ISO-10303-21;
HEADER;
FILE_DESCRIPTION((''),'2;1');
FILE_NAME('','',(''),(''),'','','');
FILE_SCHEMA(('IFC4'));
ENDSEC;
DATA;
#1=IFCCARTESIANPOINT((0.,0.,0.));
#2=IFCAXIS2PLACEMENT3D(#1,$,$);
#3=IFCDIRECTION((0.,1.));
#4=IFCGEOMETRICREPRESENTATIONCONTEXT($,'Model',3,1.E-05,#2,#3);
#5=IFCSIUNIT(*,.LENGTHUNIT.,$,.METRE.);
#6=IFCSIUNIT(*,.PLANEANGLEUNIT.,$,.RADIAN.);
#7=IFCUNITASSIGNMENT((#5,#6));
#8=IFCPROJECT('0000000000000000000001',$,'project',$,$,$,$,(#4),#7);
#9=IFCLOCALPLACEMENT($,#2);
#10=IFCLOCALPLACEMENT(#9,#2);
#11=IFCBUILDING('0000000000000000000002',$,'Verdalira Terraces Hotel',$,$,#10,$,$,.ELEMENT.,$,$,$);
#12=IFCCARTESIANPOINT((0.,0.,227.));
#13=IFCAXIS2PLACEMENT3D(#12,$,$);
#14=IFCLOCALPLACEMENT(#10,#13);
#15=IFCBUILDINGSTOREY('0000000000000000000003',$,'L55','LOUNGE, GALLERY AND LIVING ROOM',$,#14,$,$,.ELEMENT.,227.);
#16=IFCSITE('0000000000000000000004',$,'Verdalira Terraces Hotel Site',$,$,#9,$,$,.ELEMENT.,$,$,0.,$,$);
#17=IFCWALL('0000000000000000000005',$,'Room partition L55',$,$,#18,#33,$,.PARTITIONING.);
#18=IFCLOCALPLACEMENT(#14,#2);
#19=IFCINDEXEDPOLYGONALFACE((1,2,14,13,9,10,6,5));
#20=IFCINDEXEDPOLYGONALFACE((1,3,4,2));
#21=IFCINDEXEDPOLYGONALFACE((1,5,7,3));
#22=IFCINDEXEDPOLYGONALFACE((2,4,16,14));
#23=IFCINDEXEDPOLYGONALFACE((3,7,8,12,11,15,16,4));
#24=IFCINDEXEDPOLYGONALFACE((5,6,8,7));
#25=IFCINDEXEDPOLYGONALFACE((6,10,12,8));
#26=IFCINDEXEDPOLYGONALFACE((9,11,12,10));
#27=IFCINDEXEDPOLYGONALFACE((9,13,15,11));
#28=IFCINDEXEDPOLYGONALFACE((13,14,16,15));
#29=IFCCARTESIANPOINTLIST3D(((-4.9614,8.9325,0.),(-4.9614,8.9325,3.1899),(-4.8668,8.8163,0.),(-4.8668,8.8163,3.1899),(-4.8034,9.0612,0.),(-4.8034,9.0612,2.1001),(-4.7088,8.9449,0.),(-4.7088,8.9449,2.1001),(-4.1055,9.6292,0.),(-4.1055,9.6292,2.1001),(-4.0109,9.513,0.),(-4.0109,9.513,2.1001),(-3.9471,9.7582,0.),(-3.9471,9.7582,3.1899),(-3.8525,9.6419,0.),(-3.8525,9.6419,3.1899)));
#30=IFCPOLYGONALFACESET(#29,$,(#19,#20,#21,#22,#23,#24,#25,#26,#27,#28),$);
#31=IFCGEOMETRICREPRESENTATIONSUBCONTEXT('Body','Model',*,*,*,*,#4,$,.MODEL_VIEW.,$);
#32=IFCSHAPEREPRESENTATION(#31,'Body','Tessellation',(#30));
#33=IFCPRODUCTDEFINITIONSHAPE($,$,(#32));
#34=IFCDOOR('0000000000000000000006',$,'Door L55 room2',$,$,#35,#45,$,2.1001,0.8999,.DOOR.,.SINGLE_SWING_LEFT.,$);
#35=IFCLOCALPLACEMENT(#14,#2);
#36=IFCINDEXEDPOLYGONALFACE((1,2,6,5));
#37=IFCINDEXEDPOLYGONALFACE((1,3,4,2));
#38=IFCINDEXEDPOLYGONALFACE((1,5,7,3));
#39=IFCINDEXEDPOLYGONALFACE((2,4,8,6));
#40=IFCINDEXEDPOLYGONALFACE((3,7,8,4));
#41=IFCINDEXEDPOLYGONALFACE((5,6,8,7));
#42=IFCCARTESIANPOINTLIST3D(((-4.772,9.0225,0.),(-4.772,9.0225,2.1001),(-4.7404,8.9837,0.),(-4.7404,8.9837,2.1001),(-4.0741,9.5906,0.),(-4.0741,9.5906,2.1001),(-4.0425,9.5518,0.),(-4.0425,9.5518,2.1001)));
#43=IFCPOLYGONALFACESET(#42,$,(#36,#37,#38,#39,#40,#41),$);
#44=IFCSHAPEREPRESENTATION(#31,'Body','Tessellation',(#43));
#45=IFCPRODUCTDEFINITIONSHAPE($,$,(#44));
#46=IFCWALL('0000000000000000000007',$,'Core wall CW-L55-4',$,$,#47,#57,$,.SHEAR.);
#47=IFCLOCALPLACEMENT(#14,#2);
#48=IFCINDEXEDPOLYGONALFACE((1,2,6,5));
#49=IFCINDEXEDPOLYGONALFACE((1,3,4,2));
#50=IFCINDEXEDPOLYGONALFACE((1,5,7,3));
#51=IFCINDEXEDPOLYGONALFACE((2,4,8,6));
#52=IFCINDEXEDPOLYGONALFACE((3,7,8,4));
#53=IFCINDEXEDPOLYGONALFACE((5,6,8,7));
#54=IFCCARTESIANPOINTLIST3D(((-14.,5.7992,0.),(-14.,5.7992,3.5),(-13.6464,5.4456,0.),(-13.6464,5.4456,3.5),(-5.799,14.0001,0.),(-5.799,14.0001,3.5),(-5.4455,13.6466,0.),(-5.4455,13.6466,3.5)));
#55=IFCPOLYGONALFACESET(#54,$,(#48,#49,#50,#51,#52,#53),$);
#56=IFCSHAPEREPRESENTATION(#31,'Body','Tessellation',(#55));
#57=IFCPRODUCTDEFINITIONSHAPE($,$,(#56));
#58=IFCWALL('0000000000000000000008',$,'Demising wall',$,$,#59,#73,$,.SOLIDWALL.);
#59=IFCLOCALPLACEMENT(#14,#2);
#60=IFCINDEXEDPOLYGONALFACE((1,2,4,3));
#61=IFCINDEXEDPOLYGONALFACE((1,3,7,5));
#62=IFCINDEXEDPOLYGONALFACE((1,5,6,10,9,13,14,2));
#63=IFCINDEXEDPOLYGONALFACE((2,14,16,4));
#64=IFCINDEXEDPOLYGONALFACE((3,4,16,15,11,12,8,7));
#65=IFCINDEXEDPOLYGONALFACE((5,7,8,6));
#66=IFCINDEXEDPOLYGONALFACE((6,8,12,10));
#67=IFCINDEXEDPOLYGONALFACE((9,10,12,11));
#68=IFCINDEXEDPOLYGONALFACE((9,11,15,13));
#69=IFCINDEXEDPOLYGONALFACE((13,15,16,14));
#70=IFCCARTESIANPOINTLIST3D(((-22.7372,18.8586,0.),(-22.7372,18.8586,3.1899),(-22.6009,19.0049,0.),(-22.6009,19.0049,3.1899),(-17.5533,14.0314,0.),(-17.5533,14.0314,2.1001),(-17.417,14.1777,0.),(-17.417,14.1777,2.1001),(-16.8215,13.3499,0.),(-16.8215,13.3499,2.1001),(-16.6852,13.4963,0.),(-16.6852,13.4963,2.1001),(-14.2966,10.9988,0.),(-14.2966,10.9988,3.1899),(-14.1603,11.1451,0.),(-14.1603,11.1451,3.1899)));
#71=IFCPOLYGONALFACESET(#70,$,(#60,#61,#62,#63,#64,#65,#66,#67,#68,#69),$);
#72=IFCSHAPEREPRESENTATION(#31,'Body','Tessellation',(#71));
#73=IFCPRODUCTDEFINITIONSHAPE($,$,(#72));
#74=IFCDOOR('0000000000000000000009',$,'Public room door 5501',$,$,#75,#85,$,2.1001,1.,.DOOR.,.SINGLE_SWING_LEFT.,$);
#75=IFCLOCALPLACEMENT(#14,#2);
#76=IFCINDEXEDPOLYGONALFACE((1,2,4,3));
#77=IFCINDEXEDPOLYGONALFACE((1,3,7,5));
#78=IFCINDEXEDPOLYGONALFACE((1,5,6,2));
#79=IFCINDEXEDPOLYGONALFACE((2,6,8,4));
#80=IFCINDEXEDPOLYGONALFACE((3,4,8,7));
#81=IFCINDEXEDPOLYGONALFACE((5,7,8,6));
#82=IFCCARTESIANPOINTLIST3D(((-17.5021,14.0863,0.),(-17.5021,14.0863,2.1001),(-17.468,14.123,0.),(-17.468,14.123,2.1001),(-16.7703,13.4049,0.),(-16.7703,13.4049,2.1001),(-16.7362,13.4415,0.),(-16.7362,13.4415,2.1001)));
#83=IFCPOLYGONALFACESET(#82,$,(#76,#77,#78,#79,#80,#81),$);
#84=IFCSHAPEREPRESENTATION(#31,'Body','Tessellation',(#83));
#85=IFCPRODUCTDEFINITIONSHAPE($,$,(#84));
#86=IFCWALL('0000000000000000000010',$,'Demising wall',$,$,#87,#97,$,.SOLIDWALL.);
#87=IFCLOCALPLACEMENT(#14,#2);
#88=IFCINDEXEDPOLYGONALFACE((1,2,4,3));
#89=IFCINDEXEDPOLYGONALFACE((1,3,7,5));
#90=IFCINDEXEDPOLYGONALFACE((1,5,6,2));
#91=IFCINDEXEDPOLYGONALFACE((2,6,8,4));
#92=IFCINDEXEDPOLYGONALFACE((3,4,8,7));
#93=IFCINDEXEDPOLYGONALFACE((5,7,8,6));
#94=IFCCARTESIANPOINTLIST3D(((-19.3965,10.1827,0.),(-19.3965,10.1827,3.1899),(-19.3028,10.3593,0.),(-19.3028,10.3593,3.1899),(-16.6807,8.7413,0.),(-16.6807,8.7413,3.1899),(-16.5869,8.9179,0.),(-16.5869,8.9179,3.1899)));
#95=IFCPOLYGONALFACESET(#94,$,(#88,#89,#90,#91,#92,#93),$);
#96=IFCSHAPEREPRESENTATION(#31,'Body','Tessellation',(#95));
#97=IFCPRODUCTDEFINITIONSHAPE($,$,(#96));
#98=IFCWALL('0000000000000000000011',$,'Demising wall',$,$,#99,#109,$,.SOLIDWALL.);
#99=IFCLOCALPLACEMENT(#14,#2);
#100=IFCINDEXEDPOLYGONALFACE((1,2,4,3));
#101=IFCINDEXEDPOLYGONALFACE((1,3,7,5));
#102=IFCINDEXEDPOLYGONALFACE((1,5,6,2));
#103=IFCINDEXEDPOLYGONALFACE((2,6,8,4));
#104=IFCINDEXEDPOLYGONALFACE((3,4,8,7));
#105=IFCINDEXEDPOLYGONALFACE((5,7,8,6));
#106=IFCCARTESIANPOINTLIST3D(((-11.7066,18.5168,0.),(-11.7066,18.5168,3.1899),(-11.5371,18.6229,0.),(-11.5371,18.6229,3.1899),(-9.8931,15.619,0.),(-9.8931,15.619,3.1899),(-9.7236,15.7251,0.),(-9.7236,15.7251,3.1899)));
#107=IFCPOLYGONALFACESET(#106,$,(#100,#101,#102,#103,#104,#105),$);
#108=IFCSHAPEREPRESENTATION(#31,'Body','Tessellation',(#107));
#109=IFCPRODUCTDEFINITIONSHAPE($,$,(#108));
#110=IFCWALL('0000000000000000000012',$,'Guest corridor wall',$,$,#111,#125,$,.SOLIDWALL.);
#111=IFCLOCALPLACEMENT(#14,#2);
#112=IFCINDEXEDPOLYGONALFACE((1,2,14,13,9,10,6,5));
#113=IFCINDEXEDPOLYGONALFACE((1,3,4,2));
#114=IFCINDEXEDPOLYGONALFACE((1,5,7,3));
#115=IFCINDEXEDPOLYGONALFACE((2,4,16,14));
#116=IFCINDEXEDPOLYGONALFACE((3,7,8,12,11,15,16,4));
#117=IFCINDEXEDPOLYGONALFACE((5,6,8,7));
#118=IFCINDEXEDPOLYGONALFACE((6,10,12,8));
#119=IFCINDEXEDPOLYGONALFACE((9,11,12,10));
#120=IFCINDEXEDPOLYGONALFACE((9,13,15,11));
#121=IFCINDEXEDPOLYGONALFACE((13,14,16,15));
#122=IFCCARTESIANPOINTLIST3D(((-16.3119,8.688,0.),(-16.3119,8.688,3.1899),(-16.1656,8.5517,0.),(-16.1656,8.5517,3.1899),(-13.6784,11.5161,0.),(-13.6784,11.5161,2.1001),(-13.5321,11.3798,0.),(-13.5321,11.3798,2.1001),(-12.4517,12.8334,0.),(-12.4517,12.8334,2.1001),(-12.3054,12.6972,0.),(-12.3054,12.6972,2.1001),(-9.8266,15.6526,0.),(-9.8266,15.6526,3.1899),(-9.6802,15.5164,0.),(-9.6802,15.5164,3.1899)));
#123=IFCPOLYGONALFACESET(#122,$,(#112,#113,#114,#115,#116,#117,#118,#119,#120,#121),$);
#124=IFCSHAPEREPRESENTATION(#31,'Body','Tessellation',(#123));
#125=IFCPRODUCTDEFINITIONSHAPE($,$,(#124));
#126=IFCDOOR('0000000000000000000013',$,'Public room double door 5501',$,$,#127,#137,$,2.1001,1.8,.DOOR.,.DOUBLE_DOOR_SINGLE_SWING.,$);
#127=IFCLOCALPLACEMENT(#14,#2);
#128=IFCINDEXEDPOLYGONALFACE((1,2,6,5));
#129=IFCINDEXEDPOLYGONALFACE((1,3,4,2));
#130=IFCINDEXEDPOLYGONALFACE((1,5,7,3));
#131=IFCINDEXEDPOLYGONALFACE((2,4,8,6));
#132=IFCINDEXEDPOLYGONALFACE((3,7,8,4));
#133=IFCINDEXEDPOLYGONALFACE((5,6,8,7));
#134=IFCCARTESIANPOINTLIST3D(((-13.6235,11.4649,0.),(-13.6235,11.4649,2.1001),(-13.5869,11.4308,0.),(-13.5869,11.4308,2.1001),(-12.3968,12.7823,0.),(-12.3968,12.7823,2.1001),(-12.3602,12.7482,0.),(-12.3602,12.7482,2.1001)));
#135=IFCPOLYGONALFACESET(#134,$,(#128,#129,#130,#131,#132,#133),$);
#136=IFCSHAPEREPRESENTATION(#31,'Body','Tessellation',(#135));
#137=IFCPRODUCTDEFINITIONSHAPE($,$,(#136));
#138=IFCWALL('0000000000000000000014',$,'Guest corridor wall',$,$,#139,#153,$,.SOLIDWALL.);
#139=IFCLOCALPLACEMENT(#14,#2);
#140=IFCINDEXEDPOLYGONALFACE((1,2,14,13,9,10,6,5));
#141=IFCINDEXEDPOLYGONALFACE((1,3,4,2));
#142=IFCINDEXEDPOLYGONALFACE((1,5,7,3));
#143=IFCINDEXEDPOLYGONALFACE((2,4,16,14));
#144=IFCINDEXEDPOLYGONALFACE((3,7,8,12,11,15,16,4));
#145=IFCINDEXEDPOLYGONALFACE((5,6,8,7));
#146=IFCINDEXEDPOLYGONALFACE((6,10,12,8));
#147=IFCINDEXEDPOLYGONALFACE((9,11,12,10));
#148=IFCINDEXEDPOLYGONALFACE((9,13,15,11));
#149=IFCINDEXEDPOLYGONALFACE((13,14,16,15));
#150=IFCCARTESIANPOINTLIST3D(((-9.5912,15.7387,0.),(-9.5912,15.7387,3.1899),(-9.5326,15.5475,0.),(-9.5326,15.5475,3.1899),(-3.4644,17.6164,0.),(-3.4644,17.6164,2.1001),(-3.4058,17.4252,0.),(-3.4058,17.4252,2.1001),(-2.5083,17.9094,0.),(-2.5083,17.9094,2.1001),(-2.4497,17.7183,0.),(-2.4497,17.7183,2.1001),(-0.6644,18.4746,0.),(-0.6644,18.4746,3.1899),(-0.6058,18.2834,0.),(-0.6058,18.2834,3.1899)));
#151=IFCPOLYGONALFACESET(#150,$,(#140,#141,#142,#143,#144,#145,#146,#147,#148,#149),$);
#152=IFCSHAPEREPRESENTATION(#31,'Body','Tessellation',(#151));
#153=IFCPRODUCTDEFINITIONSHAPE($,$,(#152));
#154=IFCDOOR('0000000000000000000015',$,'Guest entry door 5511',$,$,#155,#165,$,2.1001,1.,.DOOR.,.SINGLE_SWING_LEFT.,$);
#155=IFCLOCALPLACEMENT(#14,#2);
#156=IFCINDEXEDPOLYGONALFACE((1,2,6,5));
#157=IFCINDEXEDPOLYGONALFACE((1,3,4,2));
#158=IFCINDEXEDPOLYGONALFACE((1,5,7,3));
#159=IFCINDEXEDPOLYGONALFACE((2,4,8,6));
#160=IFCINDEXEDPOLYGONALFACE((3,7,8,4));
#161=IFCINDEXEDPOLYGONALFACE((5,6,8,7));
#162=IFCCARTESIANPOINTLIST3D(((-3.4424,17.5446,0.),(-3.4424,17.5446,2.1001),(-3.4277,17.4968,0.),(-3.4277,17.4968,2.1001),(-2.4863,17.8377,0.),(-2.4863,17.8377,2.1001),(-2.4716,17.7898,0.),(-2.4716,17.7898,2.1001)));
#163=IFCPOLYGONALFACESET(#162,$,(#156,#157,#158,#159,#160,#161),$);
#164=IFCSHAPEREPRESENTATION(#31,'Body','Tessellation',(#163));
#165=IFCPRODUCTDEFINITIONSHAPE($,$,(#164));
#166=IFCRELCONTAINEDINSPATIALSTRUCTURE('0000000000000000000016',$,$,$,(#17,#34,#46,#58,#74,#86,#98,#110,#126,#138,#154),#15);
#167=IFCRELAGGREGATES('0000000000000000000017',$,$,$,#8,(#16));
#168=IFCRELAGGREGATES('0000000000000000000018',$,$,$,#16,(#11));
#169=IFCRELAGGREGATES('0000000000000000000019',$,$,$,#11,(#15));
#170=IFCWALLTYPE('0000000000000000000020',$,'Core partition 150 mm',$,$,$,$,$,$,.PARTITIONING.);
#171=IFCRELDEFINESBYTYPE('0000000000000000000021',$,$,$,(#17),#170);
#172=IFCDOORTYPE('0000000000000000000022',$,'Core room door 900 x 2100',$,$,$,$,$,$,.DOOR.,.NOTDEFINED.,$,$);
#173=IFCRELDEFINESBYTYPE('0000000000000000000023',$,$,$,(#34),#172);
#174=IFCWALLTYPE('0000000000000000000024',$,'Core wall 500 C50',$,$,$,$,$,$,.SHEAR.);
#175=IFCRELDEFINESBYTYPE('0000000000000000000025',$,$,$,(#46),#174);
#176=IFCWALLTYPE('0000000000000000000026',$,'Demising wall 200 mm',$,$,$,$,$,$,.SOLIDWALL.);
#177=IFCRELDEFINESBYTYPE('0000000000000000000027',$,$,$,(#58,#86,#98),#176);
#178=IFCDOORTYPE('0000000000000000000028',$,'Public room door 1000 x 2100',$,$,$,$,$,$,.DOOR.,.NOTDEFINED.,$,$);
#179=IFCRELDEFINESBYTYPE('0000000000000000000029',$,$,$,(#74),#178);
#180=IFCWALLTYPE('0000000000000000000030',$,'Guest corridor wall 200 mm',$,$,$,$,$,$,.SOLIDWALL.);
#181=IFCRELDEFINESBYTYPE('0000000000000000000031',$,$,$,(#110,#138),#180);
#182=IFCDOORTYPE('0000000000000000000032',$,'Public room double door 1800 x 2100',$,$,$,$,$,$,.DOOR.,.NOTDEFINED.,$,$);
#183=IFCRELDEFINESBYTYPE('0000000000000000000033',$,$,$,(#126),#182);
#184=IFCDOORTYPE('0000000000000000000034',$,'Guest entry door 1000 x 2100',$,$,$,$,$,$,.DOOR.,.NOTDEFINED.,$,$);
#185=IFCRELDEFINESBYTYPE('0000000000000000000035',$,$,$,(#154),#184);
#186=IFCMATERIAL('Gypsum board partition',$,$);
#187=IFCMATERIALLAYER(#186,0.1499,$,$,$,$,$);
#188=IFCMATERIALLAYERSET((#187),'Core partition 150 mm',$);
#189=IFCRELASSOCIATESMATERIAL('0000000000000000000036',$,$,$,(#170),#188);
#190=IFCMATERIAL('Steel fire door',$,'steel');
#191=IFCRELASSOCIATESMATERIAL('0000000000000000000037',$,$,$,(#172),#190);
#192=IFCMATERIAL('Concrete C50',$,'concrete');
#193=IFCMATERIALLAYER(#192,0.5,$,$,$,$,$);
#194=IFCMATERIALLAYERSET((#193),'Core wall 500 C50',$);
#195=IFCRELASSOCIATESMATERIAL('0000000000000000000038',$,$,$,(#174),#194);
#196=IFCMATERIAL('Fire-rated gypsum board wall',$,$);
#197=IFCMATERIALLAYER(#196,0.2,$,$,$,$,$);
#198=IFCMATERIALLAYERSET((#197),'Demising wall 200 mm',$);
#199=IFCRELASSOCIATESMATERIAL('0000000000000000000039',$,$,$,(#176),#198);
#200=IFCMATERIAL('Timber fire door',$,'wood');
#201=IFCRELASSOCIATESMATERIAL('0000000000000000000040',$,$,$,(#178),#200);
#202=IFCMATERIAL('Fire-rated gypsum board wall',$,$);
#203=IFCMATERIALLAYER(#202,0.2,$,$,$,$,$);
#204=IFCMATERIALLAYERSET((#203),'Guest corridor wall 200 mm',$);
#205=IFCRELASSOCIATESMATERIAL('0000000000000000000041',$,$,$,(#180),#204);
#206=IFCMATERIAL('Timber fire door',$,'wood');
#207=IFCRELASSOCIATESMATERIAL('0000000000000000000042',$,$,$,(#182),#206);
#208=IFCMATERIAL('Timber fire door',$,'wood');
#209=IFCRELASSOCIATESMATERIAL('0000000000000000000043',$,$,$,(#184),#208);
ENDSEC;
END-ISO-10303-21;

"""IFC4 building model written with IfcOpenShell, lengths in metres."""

from ifc_helpers import new_model, si_unit, direction, frame, frame_2d, origin, place, context, subcontext, project, spatial, rectangle, extrude, material, layer, layer_set, type_object, element, fill, save


model = new_model("IFC4")

# Units and contexts
model_context = context("Model", 3, precision=1e-05, world=origin(), true_north=direction((0.0, 1.0)))
body_context = subcontext(model_context, "Body", "Model", "MODEL_VIEW")
ifc_project = project(units=[si_unit("LENGTHUNIT", "METRE"), si_unit("PLANEANGLEUNIT", "RADIAN")], contexts=[model_context])

# Site, building, storey
site_placement = place(None, origin())
site = spatial("IfcSite", under=ifc_project, at=site_placement, Name="Verdalira Terraces Hotel Site", CompositionType="ELEMENT", RefElevation=0.0)
building_placement = place(site_placement, origin())
building = spatial("IfcBuilding", under=site, at=building_placement, Name="Verdalira Terraces Hotel", CompositionType="ELEMENT")
storey_placement = place(building_placement, frame((0.0, 0.0, 227.0)))
storey = spatial("IfcBuildingStorey", under=building, at=storey_placement, Name="L55", Description="LOUNGE, GALLERY AND LIVING ROOM", CompositionType="ELEMENT", Elevation=227.0)

# Wall, opening, door
ifc_material_1 = material(Name="Gypsum board partition")
ifc_layer_1 = layer(ifc_material_1, 0.1499)
ifc_layer_set_1 = layer_set([ifc_layer_1], Name="Core partition 150 mm")
wall_type_1 = type_object("IfcWallType", Name="Core partition 150 mm", PredefinedType="PARTITIONING", material=ifc_layer_set_1)
wall_1_placement = place(storey_placement, frame((-3.8999, 9.7, 0.0), z_axis=(0.0, 0.0, 1.0), x_axis=(-0.77556, -0.631274, 0.0)))
wall_1 = element("IfcWall", 1, at=wall_1_placement, inside=storey, type_object=wall_type_1, Name="Room partition L55", PredefinedType="PARTITIONING", context=body_context, shape_type="SweptSolid", body=[
    extrude(rectangle(XDim=1.3079, YDim=0.1499, at=frame_2d((0.6538, 0.0))), origin(), (0.0, 0.0, 1.0), 3.1899),
])
opening_1_placement = place(wall_1_placement, frame((0.2041, 0.0, 0.0)))
opening_1 = element("IfcOpeningElement", 2, at=opening_1_placement, cuts=wall_1, PredefinedType="OPENING", context=body_context, shape_type="SweptSolid", body=[
    extrude(rectangle(XDim=0.8999, YDim=2.1001, at=frame_2d((0.45, 1.05))), frame((0.0, 0.085, 0.0), z_axis=(0.0, -1.0, 0.0), x_axis=(1.0, 0.0, 0.0)), (0.0, 0.0, 1.0), 0.1699),
])
ifc_material_2 = material(Name="Steel fire door", Category="steel")
door_type_1 = type_object("IfcDoorType", Name="Core room door 900 x 2100", OperationType="NOTDEFINED", PredefinedType="DOOR", material=ifc_material_2)
door_1_placement = place(opening_1_placement, origin())
door_1 = element("IfcDoor", 3, at=door_1_placement, inside=storey, type_object=door_type_1, Name="Door L55 room2", OperationType="SINGLE_SWING_LEFT", OverallHeight=2.1001, OverallWidth=0.8999, PredefinedType="DOOR", context=body_context, shape_type="SweptSolid", body=[
    extrude(rectangle(XDim=0.8999, YDim=2.1001, at=frame_2d((0.45, 1.05))), frame((0.0, 0.0249, 0.0), z_axis=(0.0, -1.0, 0.0), x_axis=(1.0, 0.0, 0.0)), (0.0, 0.0, 1.0), 0.05),
])
fill(opening_1, door_1)

# Wall
ifc_material_3 = material(Name="Concrete C50", Category="concrete")
ifc_layer_2 = layer(ifc_material_3, 0.5)
ifc_layer_set_2 = layer_set([ifc_layer_2], Name="Core wall 500 C50")
wall_type_2 = type_object("IfcWallType", Name="Core wall 500 C50", PredefinedType="SHEAR", material=ifc_layer_set_2)
wall_2_placement = place(storey_placement, frame((-5.6223, 13.8232, 0.0), z_axis=(0.0, 0.0, 1.0), x_axis=(-0.707107, -0.707107, 0.0)))
element("IfcWall", 4, at=wall_2_placement, inside=storey, type_object=wall_type_2, Name="Core wall CW-L55-4", PredefinedType="SHEAR", context=body_context, shape_type="SweptSolid", body=[
    extrude(rectangle(XDim=11.5979, YDim=0.5, at=frame_2d((5.7988, 0.0))), origin(), (0.0, 0.0, 1.0), 3.5),
])

# Wall, opening, door
ifc_material_4 = material(Name="Fire-rated gypsum board wall")
ifc_layer_3 = layer(ifc_material_4, 0.2)
ifc_layer_set_3 = layer_set([ifc_layer_3], Name="Demising wall 200 mm")
wall_type_3 = type_object("IfcWallType", Name="Demising wall 200 mm", PredefinedType="SOLIDWALL", material=ifc_layer_set_3)
wall_3_placement = place(storey_placement, frame((-14.2285, 11.072, 0.0), z_axis=(0.0, 0.0, 1.0), x_axis=(-0.731838, 0.681479, 0.0)))
wall_3 = element("IfcWall", 5, at=wall_3_placement, inside=storey, type_object=wall_type_3, Name="Demising wall", PredefinedType="SOLIDWALL", context=body_context, shape_type="SweptSolid", body=[
    extrude(rectangle(XDim=11.5334, YDim=0.2, at=frame_2d((5.7666, 0.0))), origin(), (0.0, 0.0, 1.0), 3.1899),
])
opening_2_placement = place(wall_3_placement, frame((3.45, 0.0, 0.0)))
opening_2 = element("IfcOpeningElement", 6, at=opening_2_placement, cuts=wall_3, PredefinedType="OPENING", context=body_context, shape_type="SweptSolid", body=[
    extrude(rectangle(XDim=1.0, YDim=2.1001, at=frame_2d((0.5, 1.05))), frame((0.0, 0.1099, 0.0), z_axis=(0.0, -1.0, 0.0), x_axis=(1.0, 0.0, 0.0)), (0.0, 0.0, 1.0), 0.22),
])
ifc_material_5 = material(Name="Timber fire door", Category="wood")
door_type_2 = type_object("IfcDoorType", Name="Public room door 1000 x 2100", OperationType="NOTDEFINED", PredefinedType="DOOR", material=ifc_material_5)
door_2_placement = place(opening_2_placement, origin())
door_2 = element("IfcDoor", 7, at=door_2_placement, inside=storey, type_object=door_type_2, Name="Public room door 5501", OperationType="SINGLE_SWING_LEFT", OverallHeight=2.1001, OverallWidth=1.0, PredefinedType="DOOR", context=body_context, shape_type="SweptSolid", body=[
    extrude(rectangle(XDim=1.0, YDim=2.1001, at=frame_2d((0.5, 1.05))), frame((0.0, 0.0249, 0.0), z_axis=(0.0, -1.0, 0.0), x_axis=(1.0, 0.0, 0.0)), (0.0, 0.0, 1.0), 0.05),
])
fill(opening_2, door_2)

# Walls
wall_4_placement = place(storey_placement, frame((-16.6338, 8.8296, 0.0), z_axis=(0.0, 0.0, 1.0), x_axis=(-0.883301, 0.468807, 0.0)))
element("IfcWall", 8, at=wall_4_placement, inside=storey, type_object=wall_type_3, Name="Demising wall", PredefinedType="SOLIDWALL", context=body_context, shape_type="SweptSolid", body=[
    extrude(rectangle(XDim=3.0747, YDim=0.2, at=frame_2d((1.5374, 0.0))), origin(), (0.0, 0.0, 1.0), 3.1899),
])
wall_5_placement = place(storey_placement, frame((-11.6218, 18.5698, 0.0), z_axis=(0.0, 0.0, 1.0), x_axis=(0.530506, -0.847681, 0.0)))
element("IfcWall", 9, at=wall_5_placement, inside=storey, type_object=wall_type_3, Name="Demising wall", PredefinedType="SOLIDWALL", context=body_context, shape_type="SweptSolid", body=[
    extrude(rectangle(XDim=3.4185, YDim=0.2, at=frame_2d((1.7092, 0.0))), origin(), (0.0, 0.0, 1.0), 3.1899),
])

# Walls, openings, doors
ifc_material_6 = material(Name="Fire-rated gypsum board wall")
ifc_layer_4 = layer(ifc_material_6, 0.2)
ifc_layer_set_4 = layer_set([ifc_layer_4], Name="Guest corridor wall 200 mm")
wall_type_4 = type_object("IfcWallType", Name="Guest corridor wall 200 mm", PredefinedType="SOLIDWALL", material=ifc_layer_set_4)
wall_6_placement = place(storey_placement, frame((-16.2388, 8.6199, 0.0), z_axis=(0.0, 0.0, 1.0), x_axis=(0.681479, 0.731838, 0.0)))
wall_6 = element("IfcWall", 10, at=wall_6_placement, inside=storey, type_object=wall_type_4, Name="Guest corridor wall", PredefinedType="SOLIDWALL", context=body_context, shape_type="SweptSolid", body=[
    extrude(rectangle(XDim=9.5166, YDim=0.2, at=frame_2d((4.7583, 0.0))), origin(), (0.0, 0.0, 1.0), 3.1899),
])
opening_3_placement = place(wall_6_placement, frame((3.8645, 0.0, 0.0)))
opening_3 = element("IfcOpeningElement", 11, at=opening_3_placement, cuts=wall_6, PredefinedType="OPENING", context=body_context, shape_type="SweptSolid", body=[
    extrude(rectangle(XDim=1.8, YDim=2.1001, at=frame_2d((0.8999, 1.05))), frame((0.0, 0.1099, 0.0), z_axis=(0.0, -1.0, 0.0), x_axis=(1.0, 0.0, 0.0)), (0.0, 0.0, 1.0), 0.22),
])
ifc_material_7 = material(Name="Timber fire door", Category="wood")
door_type_3 = type_object("IfcDoorType", Name="Public room double door 1800 x 2100", OperationType="NOTDEFINED", PredefinedType="DOOR", material=ifc_material_7)
door_3_placement = place(opening_3_placement, origin())
door_3 = element("IfcDoor", 12, at=door_3_placement, inside=storey, type_object=door_type_3, Name="Public room double door 5501", OperationType="DOUBLE_DOOR_SINGLE_SWING", OverallHeight=2.1001, OverallWidth=1.8, PredefinedType="DOOR", context=body_context, shape_type="SweptSolid", body=[
    extrude(rectangle(XDim=1.8, YDim=2.1001, at=frame_2d((0.8999, 1.05))), frame((0.0, 0.0249, 0.0), z_axis=(0.0, -1.0, 0.0), x_axis=(1.0, 0.0, 0.0)), (0.0, 0.0, 1.0), 0.05),
])
fill(opening_3, door_3)
wall_7_placement = place(storey_placement, frame((-9.562, 15.6431, 0.0), z_axis=(0.0, 0.0, 1.0), x_axis=(0.956105, 0.293024, 0.0)))
wall_7 = element("IfcWall", 13, at=wall_7_placement, inside=storey, type_object=wall_type_4, Name="Guest corridor wall", PredefinedType="SOLIDWALL", context=body_context, shape_type="SweptSolid", body=[
    extrude(rectangle(XDim=9.3367, YDim=0.2, at=frame_2d((4.6685, 0.0))), origin(), (0.0, 0.0, 1.0), 3.1899),
])
opening_4_placement = place(wall_7_placement, frame((6.4082, 0.0, 0.0)))
opening_4 = element("IfcOpeningElement", 14, at=opening_4_placement, cuts=wall_7, PredefinedType="OPENING", context=body_context, shape_type="SweptSolid", body=[
    extrude(rectangle(XDim=1.0, YDim=2.1001, at=frame_2d((0.5, 1.05))), frame((0.0, 0.1099, 0.0), z_axis=(0.0, -1.0, 0.0), x_axis=(1.0, 0.0, 0.0)), (0.0, 0.0, 1.0), 0.22),
])
ifc_material_8 = material(Name="Timber fire door", Category="wood")
door_type_4 = type_object("IfcDoorType", Name="Guest entry door 1000 x 2100", OperationType="NOTDEFINED", PredefinedType="DOOR", material=ifc_material_8)
door_4_placement = place(opening_4_placement, origin())
door_4 = element("IfcDoor", 15, at=door_4_placement, inside=storey, type_object=door_type_4, Name="Guest entry door 5511", OperationType="SINGLE_SWING_LEFT", OverallHeight=2.1001, OverallWidth=1.0, PredefinedType="DOOR", context=body_context, shape_type="SweptSolid", body=[
    extrude(rectangle(XDim=1.0, YDim=2.1001, at=frame_2d((0.5, 1.05))), frame((0.0, 0.0249, 0.0), z_axis=(0.0, -1.0, 0.0), x_axis=(1.0, 0.0, 0.0)), (0.0, 0.0, 1.0), 0.05),
])
fill(opening_4, door_4)

save(model, "model.ifc")
